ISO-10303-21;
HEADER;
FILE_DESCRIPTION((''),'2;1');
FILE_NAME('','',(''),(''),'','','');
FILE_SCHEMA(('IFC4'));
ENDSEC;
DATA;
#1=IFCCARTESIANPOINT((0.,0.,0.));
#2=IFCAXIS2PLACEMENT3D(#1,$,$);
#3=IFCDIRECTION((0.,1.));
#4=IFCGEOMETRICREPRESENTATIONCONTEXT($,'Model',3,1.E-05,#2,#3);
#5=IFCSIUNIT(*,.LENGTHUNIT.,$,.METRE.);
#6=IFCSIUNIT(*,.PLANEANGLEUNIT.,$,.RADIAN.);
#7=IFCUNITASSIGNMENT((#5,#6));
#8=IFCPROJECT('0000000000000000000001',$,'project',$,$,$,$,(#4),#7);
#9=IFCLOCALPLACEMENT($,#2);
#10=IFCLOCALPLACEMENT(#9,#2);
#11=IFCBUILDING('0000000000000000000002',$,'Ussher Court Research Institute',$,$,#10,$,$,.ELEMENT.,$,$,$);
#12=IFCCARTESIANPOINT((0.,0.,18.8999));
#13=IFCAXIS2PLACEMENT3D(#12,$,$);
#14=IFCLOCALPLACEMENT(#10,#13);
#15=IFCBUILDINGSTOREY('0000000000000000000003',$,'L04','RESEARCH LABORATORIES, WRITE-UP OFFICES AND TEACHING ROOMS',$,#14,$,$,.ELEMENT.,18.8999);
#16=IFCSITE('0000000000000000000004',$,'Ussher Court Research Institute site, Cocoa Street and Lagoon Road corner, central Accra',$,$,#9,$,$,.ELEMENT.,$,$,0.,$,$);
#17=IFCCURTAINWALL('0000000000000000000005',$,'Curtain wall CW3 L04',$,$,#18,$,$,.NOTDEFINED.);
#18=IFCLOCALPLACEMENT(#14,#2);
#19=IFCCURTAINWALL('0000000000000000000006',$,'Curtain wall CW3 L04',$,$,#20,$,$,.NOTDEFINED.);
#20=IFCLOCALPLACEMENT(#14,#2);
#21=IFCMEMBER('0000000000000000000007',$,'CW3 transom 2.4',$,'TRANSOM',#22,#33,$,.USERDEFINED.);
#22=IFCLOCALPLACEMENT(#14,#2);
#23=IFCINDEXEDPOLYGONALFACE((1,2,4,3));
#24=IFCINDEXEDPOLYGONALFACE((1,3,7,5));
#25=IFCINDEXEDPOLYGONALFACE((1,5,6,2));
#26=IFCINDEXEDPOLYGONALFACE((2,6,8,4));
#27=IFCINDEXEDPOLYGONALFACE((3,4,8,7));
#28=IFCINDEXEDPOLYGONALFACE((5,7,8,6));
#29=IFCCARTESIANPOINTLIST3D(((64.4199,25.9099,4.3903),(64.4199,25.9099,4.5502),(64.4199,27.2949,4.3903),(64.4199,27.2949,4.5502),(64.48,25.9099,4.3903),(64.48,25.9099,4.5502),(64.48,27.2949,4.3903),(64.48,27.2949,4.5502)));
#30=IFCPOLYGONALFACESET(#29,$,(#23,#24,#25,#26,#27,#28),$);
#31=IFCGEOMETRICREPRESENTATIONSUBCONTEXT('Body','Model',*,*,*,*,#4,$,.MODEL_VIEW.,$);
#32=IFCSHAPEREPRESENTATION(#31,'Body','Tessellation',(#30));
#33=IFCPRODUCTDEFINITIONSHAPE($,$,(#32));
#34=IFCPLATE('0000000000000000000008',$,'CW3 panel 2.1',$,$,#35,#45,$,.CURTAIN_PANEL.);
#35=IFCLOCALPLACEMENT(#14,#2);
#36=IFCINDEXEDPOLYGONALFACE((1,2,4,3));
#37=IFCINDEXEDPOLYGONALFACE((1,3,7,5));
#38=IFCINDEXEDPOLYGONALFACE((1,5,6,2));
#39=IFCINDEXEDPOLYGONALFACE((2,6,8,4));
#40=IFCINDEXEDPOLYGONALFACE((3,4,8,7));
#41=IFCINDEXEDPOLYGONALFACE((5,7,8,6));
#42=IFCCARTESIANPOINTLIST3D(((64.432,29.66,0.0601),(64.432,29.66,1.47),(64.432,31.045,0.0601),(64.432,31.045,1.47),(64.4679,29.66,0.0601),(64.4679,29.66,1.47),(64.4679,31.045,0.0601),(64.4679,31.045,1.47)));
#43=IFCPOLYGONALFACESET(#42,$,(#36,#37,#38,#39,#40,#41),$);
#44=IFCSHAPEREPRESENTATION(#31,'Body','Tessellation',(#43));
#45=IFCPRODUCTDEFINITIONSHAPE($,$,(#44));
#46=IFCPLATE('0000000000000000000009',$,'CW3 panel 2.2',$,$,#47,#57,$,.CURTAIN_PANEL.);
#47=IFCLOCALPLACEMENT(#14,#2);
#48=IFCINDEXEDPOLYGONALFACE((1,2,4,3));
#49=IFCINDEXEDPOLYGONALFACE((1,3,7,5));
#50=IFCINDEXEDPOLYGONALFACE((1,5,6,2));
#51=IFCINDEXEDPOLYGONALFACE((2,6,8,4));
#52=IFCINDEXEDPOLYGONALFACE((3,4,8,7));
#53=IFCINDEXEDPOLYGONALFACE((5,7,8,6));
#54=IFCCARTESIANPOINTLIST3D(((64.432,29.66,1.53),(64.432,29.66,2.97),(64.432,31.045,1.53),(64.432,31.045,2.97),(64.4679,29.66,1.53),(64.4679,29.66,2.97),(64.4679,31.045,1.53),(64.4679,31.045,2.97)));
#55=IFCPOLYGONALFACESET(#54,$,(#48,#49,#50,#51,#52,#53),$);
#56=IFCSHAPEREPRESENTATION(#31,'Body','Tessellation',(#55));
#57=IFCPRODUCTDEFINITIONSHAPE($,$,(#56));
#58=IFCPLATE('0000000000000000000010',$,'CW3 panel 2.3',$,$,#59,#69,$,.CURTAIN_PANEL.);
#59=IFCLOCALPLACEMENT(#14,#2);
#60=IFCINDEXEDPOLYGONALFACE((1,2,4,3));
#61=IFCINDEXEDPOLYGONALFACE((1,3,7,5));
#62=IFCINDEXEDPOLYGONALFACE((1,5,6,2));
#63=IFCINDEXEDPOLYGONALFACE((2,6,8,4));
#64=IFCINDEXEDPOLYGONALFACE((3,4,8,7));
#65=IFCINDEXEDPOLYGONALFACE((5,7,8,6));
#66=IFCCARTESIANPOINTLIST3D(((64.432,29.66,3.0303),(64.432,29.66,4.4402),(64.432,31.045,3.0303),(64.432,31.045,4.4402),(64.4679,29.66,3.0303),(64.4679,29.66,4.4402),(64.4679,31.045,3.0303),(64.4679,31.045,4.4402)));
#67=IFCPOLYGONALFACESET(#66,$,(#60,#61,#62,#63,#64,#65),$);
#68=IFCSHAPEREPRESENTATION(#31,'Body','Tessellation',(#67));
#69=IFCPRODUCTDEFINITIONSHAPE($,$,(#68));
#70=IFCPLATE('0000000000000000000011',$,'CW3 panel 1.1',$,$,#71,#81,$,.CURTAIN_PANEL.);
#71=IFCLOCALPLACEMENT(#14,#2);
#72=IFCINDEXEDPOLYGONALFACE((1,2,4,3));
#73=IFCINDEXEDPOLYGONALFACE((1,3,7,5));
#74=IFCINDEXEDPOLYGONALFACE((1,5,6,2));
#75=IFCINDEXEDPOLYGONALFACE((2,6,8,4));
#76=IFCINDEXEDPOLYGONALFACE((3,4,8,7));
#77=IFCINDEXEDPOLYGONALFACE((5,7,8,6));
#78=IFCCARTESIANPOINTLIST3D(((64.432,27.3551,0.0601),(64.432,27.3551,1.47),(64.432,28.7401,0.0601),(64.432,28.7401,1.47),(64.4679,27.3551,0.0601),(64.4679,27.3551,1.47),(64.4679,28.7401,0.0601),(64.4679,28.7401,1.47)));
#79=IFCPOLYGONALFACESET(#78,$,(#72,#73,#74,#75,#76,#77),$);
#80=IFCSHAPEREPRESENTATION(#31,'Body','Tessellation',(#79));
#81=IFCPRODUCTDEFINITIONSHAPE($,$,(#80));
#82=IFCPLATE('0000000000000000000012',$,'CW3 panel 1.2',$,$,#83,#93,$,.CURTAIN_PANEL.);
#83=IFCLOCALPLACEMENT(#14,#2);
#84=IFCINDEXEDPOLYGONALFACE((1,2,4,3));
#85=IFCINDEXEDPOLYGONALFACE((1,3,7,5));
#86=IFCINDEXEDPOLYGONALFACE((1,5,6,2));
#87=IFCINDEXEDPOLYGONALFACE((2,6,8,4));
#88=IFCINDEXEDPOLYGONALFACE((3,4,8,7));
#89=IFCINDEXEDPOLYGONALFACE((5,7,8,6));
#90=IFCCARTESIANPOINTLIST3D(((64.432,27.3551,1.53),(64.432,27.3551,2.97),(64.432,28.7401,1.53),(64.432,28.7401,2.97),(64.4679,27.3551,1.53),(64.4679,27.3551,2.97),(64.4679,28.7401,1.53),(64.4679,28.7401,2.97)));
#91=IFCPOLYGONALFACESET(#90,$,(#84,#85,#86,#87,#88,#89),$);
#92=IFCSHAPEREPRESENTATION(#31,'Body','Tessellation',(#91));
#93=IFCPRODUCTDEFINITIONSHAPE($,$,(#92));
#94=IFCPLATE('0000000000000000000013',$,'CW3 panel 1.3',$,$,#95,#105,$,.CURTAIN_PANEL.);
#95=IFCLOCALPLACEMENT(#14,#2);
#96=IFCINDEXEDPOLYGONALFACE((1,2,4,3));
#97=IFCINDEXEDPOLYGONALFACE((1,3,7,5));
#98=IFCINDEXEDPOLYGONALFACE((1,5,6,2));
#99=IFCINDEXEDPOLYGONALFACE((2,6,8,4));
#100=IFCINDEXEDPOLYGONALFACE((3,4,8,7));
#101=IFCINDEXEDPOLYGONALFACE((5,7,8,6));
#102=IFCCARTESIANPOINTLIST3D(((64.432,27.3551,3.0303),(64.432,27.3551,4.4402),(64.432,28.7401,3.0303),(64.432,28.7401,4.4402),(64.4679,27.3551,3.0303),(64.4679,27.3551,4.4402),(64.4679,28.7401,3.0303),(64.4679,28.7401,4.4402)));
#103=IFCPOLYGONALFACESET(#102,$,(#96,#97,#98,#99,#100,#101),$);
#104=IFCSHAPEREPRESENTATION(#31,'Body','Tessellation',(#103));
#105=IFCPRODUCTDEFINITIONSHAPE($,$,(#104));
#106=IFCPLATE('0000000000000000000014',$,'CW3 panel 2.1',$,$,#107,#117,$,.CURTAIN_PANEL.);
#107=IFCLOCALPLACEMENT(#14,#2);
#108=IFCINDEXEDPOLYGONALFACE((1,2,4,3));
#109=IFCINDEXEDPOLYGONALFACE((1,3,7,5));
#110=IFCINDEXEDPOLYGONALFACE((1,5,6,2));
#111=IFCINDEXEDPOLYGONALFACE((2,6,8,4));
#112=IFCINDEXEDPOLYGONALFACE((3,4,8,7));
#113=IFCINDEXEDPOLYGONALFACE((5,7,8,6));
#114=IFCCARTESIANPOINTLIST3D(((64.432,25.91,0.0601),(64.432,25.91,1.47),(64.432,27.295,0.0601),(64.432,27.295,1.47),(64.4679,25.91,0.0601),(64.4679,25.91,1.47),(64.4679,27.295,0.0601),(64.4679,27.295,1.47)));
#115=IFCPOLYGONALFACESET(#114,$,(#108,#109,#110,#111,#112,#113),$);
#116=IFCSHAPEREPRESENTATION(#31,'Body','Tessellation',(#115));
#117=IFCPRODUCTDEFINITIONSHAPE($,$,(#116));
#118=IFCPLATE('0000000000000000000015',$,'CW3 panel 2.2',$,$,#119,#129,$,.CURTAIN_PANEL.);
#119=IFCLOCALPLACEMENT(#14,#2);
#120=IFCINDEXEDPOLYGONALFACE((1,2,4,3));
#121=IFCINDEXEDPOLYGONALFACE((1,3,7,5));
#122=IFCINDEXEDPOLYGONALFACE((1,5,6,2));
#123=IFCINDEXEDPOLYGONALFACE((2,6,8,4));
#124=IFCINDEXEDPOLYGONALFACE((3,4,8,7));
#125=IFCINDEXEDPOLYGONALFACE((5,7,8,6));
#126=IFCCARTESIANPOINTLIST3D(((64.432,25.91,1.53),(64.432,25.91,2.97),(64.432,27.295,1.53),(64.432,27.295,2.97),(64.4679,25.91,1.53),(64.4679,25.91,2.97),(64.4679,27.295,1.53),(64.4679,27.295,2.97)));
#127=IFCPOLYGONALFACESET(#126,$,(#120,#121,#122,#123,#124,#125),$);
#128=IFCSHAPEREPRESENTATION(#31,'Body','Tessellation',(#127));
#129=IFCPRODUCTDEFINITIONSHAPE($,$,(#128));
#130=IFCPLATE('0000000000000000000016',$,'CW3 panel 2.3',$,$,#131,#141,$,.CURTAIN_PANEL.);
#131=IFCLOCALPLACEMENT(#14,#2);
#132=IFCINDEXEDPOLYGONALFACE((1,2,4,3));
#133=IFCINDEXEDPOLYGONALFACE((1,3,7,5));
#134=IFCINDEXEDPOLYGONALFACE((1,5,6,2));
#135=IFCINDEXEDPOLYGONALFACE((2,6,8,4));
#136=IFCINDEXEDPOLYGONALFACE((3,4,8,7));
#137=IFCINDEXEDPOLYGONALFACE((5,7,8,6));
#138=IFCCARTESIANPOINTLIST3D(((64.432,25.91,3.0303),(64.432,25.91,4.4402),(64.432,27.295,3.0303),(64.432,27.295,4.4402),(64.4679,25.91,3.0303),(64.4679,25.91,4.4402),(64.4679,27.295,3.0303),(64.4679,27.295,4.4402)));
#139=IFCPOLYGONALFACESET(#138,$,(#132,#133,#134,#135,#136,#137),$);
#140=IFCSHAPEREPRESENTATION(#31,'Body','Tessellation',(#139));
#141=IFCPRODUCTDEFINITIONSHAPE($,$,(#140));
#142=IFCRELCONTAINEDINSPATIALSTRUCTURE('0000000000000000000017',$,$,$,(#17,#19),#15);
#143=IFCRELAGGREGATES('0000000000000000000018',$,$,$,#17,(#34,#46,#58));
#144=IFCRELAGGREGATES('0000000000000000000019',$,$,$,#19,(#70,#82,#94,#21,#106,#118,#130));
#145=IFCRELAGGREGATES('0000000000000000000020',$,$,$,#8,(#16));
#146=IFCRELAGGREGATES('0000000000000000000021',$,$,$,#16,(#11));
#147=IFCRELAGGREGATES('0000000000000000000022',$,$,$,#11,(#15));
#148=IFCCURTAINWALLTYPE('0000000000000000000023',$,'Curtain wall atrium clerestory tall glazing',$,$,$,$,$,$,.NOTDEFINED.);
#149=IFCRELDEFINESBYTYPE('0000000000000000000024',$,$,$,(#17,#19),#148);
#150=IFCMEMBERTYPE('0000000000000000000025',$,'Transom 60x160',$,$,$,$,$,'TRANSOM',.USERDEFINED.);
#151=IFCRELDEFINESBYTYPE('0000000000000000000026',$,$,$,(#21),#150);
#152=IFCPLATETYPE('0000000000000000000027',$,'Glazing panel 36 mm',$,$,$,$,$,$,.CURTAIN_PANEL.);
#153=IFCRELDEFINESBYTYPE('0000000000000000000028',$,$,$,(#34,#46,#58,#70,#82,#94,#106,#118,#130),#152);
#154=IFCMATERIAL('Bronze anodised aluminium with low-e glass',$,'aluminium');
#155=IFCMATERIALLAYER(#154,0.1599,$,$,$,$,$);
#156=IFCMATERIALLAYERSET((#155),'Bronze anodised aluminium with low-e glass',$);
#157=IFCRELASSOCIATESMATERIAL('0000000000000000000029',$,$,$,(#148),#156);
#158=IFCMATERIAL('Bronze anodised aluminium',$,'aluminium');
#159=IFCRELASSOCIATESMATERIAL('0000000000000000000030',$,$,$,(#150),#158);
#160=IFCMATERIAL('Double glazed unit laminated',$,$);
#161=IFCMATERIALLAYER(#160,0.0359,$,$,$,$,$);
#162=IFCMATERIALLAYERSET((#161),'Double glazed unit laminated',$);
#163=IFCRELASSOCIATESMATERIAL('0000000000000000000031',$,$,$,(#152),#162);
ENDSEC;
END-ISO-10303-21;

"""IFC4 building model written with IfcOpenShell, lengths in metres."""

from ifc_helpers import new_model, si_unit, direction, frame, origin, origin_2d, place, context, subcontext, project, spatial, rectangle, extrude, material, layer, layer_set, material_profile, profile_set, type_object, element, aggregate, save


model = new_model("IFC4")

# Units and contexts
model_context = context("Model", 3, precision=1e-05, world=origin(), true_north=direction((0.0, 1.0)))
body_context = subcontext(model_context, "Body", "Model", "MODEL_VIEW")
ifc_project = project(units=[si_unit("LENGTHUNIT", "METRE"), si_unit("PLANEANGLEUNIT", "RADIAN")], contexts=[model_context])

# Site, building, storey
site_placement = place(None, origin())
site = spatial("IfcSite", under=ifc_project, at=site_placement, Name="Ussher Court Research Institute site, Cocoa Street and Lagoon Road corner, central Accra", CompositionType="ELEMENT", RefElevation=0.0)
building_placement = place(site_placement, origin())
building = spatial("IfcBuilding", under=site, at=building_placement, Name="Ussher Court Research Institute", CompositionType="ELEMENT")
storey_placement = place(building_placement, frame((0.0, 0.0, 18.8999)))
storey = spatial("IfcBuildingStorey", under=building, at=storey_placement, Name="L04", Description="RESEARCH LABORATORIES, WRITE-UP OFFICES AND TEACHING ROOMS", CompositionType="ELEMENT", Elevation=18.8999)

# Curtain wall
ifc_material_1 = material(Name="Bronze anodised aluminium with low-e glass", Category="aluminium")
ifc_layer_1 = layer(ifc_material_1, 0.1599)
ifc_layer_set_1 = layer_set([ifc_layer_1], Name="Bronze anodised aluminium with low-e glass")
curtain_wall_type = type_object("IfcCurtainWallType", Name="Curtain wall atrium clerestory tall glazing", PredefinedType="NOTDEFINED", material=ifc_layer_set_1)
curtain_wall_1_placement = place(storey_placement, origin())
curtain_wall_1 = element("IfcCurtainWall", 1, at=curtain_wall_1_placement, inside=storey, type_object=curtain_wall_type, Name="Curtain wall CW3 L04", PredefinedType="NOTDEFINED")

# Curtain wall
curtain_wall_2_placement = place(storey_placement, origin())
curtain_wall_2 = element("IfcCurtainWall", 2, at=curtain_wall_2_placement, inside=storey, type_object=curtain_wall_type, Name="Curtain wall CW3 L04", PredefinedType="NOTDEFINED")

# Member
ifc_material_2 = material(Name="Bronze anodised aluminium", Category="aluminium")
ifc_material_profile_1 = material_profile(ifc_material_2, rectangle(XDim=0.0601, YDim=0.1599, at=origin_2d()), Name="Transom 60x160")
ifc_profile_set_1 = profile_set([ifc_material_profile_1], Name="Bronze anodised aluminium")
member_type_1 = type_object("IfcMemberType", Name="Transom 60x160", ElementType="TRANSOM", PredefinedType="USERDEFINED", material=ifc_profile_set_1)
member_1_placement = place(storey_placement, frame((64.45, 27.2949, 4.4702), z_axis=(0.0, -1.0, 0.0), x_axis=(1.0, 0.0, 0.0)))
member_1 = element("IfcMember", 3, at=member_1_placement, type_object=member_type_1, Name="CW3 transom 2.4", ObjectType="TRANSOM", PredefinedType="USERDEFINED", context=body_context, shape_type="SweptSolid", body=[
    extrude(rectangle(XDim=0.0601, YDim=0.1599, at=origin_2d()), origin(), (0.0, 0.0, 1.0), 1.385),
])

# Plates
ifc_material_3 = material(Name="Double glazed unit laminated")
ifc_layer_2 = layer(ifc_material_3, 0.0359)
ifc_layer_set_2 = layer_set([ifc_layer_2], Name="Double glazed unit laminated")
plate_type = type_object("IfcPlateType", Name="Glazing panel 36 mm", PredefinedType="CURTAIN_PANEL", material=ifc_layer_set_2)
plate_1_placement = place(storey_placement, frame((64.45, 30.3525, 0.0601), z_axis=(0.0, 0.0, 1.0), x_axis=(0.0, -1.0, 0.0)))
plate_1 = element("IfcPlate", 4, at=plate_1_placement, type_object=plate_type, Name="CW3 panel 2.1", PredefinedType="CURTAIN_PANEL", context=body_context, shape_type="SweptSolid", body=[
    extrude(rectangle(XDim=1.385, YDim=0.0359, at=origin_2d()), origin(), (0.0, 0.0, 1.0), 1.4099),
])
plate_2_placement = place(storey_placement, frame((64.45, 30.3525, 1.53), z_axis=(0.0, 0.0, 1.0), x_axis=(0.0, -1.0, 0.0)))
plate_2 = element("IfcPlate", 5, at=plate_2_placement, type_object=plate_type, Name="CW3 panel 2.2", PredefinedType="CURTAIN_PANEL", context=body_context, shape_type="SweptSolid", body=[
    extrude(rectangle(XDim=1.385, YDim=0.0359, at=origin_2d()), origin(), (0.0, 0.0, 1.0), 1.4399),
])
plate_3_placement = place(storey_placement, frame((64.45, 30.3525, 3.0303), z_axis=(0.0, 0.0, 1.0), x_axis=(0.0, -1.0, 0.0)))
plate_3 = element("IfcPlate", 6, at=plate_3_placement, type_object=plate_type, Name="CW3 panel 2.3", PredefinedType="CURTAIN_PANEL", context=body_context, shape_type="SweptSolid", body=[
    extrude(rectangle(XDim=1.385, YDim=0.0359, at=origin_2d()), origin(), (0.0, 0.0, 1.0), 1.4099),
])
aggregate(curtain_wall_1, [plate_1, plate_2, plate_3])
plate_4_placement = place(storey_placement, frame((64.45, 28.0476, 0.0601), z_axis=(0.0, 0.0, 1.0), x_axis=(0.0, -1.0, 0.0)))
plate_4 = element("IfcPlate", 7, at=plate_4_placement, type_object=plate_type, Name="CW3 panel 1.1", PredefinedType="CURTAIN_PANEL", context=body_context, shape_type="SweptSolid", body=[
    extrude(rectangle(XDim=1.385, YDim=0.0359, at=origin_2d()), origin(), (0.0, 0.0, 1.0), 1.4099),
])
plate_5_placement = place(storey_placement, frame((64.45, 28.0476, 1.53), z_axis=(0.0, 0.0, 1.0), x_axis=(0.0, -1.0, 0.0)))
plate_5 = element("IfcPlate", 8, at=plate_5_placement, type_object=plate_type, Name="CW3 panel 1.2", PredefinedType="CURTAIN_PANEL", context=body_context, shape_type="SweptSolid", body=[
    extrude(rectangle(XDim=1.385, YDim=0.0359, at=origin_2d()), origin(), (0.0, 0.0, 1.0), 1.4399),
])
plate_6_placement = place(storey_placement, frame((64.45, 28.0476, 3.0303), z_axis=(0.0, 0.0, 1.0), x_axis=(0.0, -1.0, 0.0)))
plate_6 = element("IfcPlate", 9, at=plate_6_placement, type_object=plate_type, Name="CW3 panel 1.3", PredefinedType="CURTAIN_PANEL", context=body_context, shape_type="SweptSolid", body=[
    extrude(rectangle(XDim=1.385, YDim=0.0359, at=origin_2d()), origin(), (0.0, 0.0, 1.0), 1.4099),
])
plate_7_placement = place(storey_placement, frame((64.45, 26.6025, 0.0601), z_axis=(0.0, 0.0, 1.0), x_axis=(0.0, -1.0, 0.0)))
plate_7 = element("IfcPlate", 10, at=plate_7_placement, type_object=plate_type, Name="CW3 panel 2.1", PredefinedType="CURTAIN_PANEL", context=body_context, shape_type="SweptSolid", body=[
    extrude(rectangle(XDim=1.385, YDim=0.0359, at=origin_2d()), origin(), (0.0, 0.0, 1.0), 1.4099),
])
plate_8_placement = place(storey_placement, frame((64.45, 26.6025, 1.53), z_axis=(0.0, 0.0, 1.0), x_axis=(0.0, -1.0, 0.0)))
plate_8 = element("IfcPlate", 11, at=plate_8_placement, type_object=plate_type, Name="CW3 panel 2.2", PredefinedType="CURTAIN_PANEL", context=body_context, shape_type="SweptSolid", body=[
    extrude(rectangle(XDim=1.385, YDim=0.0359, at=origin_2d()), origin(), (0.0, 0.0, 1.0), 1.4399),
])
plate_9_placement = place(storey_placement, frame((64.45, 26.6025, 3.0303), z_axis=(0.0, 0.0, 1.0), x_axis=(0.0, -1.0, 0.0)))
plate_9 = element("IfcPlate", 12, at=plate_9_placement, type_object=plate_type, Name="CW3 panel 2.3", PredefinedType="CURTAIN_PANEL", context=body_context, shape_type="SweptSolid", body=[
    extrude(rectangle(XDim=1.385, YDim=0.0359, at=origin_2d()), origin(), (0.0, 0.0, 1.0), 1.4099),
])
aggregate(curtain_wall_2, [plate_4, plate_5, plate_6, member_1, plate_7, plate_8, plate_9])

save(model, "model.ifc")
